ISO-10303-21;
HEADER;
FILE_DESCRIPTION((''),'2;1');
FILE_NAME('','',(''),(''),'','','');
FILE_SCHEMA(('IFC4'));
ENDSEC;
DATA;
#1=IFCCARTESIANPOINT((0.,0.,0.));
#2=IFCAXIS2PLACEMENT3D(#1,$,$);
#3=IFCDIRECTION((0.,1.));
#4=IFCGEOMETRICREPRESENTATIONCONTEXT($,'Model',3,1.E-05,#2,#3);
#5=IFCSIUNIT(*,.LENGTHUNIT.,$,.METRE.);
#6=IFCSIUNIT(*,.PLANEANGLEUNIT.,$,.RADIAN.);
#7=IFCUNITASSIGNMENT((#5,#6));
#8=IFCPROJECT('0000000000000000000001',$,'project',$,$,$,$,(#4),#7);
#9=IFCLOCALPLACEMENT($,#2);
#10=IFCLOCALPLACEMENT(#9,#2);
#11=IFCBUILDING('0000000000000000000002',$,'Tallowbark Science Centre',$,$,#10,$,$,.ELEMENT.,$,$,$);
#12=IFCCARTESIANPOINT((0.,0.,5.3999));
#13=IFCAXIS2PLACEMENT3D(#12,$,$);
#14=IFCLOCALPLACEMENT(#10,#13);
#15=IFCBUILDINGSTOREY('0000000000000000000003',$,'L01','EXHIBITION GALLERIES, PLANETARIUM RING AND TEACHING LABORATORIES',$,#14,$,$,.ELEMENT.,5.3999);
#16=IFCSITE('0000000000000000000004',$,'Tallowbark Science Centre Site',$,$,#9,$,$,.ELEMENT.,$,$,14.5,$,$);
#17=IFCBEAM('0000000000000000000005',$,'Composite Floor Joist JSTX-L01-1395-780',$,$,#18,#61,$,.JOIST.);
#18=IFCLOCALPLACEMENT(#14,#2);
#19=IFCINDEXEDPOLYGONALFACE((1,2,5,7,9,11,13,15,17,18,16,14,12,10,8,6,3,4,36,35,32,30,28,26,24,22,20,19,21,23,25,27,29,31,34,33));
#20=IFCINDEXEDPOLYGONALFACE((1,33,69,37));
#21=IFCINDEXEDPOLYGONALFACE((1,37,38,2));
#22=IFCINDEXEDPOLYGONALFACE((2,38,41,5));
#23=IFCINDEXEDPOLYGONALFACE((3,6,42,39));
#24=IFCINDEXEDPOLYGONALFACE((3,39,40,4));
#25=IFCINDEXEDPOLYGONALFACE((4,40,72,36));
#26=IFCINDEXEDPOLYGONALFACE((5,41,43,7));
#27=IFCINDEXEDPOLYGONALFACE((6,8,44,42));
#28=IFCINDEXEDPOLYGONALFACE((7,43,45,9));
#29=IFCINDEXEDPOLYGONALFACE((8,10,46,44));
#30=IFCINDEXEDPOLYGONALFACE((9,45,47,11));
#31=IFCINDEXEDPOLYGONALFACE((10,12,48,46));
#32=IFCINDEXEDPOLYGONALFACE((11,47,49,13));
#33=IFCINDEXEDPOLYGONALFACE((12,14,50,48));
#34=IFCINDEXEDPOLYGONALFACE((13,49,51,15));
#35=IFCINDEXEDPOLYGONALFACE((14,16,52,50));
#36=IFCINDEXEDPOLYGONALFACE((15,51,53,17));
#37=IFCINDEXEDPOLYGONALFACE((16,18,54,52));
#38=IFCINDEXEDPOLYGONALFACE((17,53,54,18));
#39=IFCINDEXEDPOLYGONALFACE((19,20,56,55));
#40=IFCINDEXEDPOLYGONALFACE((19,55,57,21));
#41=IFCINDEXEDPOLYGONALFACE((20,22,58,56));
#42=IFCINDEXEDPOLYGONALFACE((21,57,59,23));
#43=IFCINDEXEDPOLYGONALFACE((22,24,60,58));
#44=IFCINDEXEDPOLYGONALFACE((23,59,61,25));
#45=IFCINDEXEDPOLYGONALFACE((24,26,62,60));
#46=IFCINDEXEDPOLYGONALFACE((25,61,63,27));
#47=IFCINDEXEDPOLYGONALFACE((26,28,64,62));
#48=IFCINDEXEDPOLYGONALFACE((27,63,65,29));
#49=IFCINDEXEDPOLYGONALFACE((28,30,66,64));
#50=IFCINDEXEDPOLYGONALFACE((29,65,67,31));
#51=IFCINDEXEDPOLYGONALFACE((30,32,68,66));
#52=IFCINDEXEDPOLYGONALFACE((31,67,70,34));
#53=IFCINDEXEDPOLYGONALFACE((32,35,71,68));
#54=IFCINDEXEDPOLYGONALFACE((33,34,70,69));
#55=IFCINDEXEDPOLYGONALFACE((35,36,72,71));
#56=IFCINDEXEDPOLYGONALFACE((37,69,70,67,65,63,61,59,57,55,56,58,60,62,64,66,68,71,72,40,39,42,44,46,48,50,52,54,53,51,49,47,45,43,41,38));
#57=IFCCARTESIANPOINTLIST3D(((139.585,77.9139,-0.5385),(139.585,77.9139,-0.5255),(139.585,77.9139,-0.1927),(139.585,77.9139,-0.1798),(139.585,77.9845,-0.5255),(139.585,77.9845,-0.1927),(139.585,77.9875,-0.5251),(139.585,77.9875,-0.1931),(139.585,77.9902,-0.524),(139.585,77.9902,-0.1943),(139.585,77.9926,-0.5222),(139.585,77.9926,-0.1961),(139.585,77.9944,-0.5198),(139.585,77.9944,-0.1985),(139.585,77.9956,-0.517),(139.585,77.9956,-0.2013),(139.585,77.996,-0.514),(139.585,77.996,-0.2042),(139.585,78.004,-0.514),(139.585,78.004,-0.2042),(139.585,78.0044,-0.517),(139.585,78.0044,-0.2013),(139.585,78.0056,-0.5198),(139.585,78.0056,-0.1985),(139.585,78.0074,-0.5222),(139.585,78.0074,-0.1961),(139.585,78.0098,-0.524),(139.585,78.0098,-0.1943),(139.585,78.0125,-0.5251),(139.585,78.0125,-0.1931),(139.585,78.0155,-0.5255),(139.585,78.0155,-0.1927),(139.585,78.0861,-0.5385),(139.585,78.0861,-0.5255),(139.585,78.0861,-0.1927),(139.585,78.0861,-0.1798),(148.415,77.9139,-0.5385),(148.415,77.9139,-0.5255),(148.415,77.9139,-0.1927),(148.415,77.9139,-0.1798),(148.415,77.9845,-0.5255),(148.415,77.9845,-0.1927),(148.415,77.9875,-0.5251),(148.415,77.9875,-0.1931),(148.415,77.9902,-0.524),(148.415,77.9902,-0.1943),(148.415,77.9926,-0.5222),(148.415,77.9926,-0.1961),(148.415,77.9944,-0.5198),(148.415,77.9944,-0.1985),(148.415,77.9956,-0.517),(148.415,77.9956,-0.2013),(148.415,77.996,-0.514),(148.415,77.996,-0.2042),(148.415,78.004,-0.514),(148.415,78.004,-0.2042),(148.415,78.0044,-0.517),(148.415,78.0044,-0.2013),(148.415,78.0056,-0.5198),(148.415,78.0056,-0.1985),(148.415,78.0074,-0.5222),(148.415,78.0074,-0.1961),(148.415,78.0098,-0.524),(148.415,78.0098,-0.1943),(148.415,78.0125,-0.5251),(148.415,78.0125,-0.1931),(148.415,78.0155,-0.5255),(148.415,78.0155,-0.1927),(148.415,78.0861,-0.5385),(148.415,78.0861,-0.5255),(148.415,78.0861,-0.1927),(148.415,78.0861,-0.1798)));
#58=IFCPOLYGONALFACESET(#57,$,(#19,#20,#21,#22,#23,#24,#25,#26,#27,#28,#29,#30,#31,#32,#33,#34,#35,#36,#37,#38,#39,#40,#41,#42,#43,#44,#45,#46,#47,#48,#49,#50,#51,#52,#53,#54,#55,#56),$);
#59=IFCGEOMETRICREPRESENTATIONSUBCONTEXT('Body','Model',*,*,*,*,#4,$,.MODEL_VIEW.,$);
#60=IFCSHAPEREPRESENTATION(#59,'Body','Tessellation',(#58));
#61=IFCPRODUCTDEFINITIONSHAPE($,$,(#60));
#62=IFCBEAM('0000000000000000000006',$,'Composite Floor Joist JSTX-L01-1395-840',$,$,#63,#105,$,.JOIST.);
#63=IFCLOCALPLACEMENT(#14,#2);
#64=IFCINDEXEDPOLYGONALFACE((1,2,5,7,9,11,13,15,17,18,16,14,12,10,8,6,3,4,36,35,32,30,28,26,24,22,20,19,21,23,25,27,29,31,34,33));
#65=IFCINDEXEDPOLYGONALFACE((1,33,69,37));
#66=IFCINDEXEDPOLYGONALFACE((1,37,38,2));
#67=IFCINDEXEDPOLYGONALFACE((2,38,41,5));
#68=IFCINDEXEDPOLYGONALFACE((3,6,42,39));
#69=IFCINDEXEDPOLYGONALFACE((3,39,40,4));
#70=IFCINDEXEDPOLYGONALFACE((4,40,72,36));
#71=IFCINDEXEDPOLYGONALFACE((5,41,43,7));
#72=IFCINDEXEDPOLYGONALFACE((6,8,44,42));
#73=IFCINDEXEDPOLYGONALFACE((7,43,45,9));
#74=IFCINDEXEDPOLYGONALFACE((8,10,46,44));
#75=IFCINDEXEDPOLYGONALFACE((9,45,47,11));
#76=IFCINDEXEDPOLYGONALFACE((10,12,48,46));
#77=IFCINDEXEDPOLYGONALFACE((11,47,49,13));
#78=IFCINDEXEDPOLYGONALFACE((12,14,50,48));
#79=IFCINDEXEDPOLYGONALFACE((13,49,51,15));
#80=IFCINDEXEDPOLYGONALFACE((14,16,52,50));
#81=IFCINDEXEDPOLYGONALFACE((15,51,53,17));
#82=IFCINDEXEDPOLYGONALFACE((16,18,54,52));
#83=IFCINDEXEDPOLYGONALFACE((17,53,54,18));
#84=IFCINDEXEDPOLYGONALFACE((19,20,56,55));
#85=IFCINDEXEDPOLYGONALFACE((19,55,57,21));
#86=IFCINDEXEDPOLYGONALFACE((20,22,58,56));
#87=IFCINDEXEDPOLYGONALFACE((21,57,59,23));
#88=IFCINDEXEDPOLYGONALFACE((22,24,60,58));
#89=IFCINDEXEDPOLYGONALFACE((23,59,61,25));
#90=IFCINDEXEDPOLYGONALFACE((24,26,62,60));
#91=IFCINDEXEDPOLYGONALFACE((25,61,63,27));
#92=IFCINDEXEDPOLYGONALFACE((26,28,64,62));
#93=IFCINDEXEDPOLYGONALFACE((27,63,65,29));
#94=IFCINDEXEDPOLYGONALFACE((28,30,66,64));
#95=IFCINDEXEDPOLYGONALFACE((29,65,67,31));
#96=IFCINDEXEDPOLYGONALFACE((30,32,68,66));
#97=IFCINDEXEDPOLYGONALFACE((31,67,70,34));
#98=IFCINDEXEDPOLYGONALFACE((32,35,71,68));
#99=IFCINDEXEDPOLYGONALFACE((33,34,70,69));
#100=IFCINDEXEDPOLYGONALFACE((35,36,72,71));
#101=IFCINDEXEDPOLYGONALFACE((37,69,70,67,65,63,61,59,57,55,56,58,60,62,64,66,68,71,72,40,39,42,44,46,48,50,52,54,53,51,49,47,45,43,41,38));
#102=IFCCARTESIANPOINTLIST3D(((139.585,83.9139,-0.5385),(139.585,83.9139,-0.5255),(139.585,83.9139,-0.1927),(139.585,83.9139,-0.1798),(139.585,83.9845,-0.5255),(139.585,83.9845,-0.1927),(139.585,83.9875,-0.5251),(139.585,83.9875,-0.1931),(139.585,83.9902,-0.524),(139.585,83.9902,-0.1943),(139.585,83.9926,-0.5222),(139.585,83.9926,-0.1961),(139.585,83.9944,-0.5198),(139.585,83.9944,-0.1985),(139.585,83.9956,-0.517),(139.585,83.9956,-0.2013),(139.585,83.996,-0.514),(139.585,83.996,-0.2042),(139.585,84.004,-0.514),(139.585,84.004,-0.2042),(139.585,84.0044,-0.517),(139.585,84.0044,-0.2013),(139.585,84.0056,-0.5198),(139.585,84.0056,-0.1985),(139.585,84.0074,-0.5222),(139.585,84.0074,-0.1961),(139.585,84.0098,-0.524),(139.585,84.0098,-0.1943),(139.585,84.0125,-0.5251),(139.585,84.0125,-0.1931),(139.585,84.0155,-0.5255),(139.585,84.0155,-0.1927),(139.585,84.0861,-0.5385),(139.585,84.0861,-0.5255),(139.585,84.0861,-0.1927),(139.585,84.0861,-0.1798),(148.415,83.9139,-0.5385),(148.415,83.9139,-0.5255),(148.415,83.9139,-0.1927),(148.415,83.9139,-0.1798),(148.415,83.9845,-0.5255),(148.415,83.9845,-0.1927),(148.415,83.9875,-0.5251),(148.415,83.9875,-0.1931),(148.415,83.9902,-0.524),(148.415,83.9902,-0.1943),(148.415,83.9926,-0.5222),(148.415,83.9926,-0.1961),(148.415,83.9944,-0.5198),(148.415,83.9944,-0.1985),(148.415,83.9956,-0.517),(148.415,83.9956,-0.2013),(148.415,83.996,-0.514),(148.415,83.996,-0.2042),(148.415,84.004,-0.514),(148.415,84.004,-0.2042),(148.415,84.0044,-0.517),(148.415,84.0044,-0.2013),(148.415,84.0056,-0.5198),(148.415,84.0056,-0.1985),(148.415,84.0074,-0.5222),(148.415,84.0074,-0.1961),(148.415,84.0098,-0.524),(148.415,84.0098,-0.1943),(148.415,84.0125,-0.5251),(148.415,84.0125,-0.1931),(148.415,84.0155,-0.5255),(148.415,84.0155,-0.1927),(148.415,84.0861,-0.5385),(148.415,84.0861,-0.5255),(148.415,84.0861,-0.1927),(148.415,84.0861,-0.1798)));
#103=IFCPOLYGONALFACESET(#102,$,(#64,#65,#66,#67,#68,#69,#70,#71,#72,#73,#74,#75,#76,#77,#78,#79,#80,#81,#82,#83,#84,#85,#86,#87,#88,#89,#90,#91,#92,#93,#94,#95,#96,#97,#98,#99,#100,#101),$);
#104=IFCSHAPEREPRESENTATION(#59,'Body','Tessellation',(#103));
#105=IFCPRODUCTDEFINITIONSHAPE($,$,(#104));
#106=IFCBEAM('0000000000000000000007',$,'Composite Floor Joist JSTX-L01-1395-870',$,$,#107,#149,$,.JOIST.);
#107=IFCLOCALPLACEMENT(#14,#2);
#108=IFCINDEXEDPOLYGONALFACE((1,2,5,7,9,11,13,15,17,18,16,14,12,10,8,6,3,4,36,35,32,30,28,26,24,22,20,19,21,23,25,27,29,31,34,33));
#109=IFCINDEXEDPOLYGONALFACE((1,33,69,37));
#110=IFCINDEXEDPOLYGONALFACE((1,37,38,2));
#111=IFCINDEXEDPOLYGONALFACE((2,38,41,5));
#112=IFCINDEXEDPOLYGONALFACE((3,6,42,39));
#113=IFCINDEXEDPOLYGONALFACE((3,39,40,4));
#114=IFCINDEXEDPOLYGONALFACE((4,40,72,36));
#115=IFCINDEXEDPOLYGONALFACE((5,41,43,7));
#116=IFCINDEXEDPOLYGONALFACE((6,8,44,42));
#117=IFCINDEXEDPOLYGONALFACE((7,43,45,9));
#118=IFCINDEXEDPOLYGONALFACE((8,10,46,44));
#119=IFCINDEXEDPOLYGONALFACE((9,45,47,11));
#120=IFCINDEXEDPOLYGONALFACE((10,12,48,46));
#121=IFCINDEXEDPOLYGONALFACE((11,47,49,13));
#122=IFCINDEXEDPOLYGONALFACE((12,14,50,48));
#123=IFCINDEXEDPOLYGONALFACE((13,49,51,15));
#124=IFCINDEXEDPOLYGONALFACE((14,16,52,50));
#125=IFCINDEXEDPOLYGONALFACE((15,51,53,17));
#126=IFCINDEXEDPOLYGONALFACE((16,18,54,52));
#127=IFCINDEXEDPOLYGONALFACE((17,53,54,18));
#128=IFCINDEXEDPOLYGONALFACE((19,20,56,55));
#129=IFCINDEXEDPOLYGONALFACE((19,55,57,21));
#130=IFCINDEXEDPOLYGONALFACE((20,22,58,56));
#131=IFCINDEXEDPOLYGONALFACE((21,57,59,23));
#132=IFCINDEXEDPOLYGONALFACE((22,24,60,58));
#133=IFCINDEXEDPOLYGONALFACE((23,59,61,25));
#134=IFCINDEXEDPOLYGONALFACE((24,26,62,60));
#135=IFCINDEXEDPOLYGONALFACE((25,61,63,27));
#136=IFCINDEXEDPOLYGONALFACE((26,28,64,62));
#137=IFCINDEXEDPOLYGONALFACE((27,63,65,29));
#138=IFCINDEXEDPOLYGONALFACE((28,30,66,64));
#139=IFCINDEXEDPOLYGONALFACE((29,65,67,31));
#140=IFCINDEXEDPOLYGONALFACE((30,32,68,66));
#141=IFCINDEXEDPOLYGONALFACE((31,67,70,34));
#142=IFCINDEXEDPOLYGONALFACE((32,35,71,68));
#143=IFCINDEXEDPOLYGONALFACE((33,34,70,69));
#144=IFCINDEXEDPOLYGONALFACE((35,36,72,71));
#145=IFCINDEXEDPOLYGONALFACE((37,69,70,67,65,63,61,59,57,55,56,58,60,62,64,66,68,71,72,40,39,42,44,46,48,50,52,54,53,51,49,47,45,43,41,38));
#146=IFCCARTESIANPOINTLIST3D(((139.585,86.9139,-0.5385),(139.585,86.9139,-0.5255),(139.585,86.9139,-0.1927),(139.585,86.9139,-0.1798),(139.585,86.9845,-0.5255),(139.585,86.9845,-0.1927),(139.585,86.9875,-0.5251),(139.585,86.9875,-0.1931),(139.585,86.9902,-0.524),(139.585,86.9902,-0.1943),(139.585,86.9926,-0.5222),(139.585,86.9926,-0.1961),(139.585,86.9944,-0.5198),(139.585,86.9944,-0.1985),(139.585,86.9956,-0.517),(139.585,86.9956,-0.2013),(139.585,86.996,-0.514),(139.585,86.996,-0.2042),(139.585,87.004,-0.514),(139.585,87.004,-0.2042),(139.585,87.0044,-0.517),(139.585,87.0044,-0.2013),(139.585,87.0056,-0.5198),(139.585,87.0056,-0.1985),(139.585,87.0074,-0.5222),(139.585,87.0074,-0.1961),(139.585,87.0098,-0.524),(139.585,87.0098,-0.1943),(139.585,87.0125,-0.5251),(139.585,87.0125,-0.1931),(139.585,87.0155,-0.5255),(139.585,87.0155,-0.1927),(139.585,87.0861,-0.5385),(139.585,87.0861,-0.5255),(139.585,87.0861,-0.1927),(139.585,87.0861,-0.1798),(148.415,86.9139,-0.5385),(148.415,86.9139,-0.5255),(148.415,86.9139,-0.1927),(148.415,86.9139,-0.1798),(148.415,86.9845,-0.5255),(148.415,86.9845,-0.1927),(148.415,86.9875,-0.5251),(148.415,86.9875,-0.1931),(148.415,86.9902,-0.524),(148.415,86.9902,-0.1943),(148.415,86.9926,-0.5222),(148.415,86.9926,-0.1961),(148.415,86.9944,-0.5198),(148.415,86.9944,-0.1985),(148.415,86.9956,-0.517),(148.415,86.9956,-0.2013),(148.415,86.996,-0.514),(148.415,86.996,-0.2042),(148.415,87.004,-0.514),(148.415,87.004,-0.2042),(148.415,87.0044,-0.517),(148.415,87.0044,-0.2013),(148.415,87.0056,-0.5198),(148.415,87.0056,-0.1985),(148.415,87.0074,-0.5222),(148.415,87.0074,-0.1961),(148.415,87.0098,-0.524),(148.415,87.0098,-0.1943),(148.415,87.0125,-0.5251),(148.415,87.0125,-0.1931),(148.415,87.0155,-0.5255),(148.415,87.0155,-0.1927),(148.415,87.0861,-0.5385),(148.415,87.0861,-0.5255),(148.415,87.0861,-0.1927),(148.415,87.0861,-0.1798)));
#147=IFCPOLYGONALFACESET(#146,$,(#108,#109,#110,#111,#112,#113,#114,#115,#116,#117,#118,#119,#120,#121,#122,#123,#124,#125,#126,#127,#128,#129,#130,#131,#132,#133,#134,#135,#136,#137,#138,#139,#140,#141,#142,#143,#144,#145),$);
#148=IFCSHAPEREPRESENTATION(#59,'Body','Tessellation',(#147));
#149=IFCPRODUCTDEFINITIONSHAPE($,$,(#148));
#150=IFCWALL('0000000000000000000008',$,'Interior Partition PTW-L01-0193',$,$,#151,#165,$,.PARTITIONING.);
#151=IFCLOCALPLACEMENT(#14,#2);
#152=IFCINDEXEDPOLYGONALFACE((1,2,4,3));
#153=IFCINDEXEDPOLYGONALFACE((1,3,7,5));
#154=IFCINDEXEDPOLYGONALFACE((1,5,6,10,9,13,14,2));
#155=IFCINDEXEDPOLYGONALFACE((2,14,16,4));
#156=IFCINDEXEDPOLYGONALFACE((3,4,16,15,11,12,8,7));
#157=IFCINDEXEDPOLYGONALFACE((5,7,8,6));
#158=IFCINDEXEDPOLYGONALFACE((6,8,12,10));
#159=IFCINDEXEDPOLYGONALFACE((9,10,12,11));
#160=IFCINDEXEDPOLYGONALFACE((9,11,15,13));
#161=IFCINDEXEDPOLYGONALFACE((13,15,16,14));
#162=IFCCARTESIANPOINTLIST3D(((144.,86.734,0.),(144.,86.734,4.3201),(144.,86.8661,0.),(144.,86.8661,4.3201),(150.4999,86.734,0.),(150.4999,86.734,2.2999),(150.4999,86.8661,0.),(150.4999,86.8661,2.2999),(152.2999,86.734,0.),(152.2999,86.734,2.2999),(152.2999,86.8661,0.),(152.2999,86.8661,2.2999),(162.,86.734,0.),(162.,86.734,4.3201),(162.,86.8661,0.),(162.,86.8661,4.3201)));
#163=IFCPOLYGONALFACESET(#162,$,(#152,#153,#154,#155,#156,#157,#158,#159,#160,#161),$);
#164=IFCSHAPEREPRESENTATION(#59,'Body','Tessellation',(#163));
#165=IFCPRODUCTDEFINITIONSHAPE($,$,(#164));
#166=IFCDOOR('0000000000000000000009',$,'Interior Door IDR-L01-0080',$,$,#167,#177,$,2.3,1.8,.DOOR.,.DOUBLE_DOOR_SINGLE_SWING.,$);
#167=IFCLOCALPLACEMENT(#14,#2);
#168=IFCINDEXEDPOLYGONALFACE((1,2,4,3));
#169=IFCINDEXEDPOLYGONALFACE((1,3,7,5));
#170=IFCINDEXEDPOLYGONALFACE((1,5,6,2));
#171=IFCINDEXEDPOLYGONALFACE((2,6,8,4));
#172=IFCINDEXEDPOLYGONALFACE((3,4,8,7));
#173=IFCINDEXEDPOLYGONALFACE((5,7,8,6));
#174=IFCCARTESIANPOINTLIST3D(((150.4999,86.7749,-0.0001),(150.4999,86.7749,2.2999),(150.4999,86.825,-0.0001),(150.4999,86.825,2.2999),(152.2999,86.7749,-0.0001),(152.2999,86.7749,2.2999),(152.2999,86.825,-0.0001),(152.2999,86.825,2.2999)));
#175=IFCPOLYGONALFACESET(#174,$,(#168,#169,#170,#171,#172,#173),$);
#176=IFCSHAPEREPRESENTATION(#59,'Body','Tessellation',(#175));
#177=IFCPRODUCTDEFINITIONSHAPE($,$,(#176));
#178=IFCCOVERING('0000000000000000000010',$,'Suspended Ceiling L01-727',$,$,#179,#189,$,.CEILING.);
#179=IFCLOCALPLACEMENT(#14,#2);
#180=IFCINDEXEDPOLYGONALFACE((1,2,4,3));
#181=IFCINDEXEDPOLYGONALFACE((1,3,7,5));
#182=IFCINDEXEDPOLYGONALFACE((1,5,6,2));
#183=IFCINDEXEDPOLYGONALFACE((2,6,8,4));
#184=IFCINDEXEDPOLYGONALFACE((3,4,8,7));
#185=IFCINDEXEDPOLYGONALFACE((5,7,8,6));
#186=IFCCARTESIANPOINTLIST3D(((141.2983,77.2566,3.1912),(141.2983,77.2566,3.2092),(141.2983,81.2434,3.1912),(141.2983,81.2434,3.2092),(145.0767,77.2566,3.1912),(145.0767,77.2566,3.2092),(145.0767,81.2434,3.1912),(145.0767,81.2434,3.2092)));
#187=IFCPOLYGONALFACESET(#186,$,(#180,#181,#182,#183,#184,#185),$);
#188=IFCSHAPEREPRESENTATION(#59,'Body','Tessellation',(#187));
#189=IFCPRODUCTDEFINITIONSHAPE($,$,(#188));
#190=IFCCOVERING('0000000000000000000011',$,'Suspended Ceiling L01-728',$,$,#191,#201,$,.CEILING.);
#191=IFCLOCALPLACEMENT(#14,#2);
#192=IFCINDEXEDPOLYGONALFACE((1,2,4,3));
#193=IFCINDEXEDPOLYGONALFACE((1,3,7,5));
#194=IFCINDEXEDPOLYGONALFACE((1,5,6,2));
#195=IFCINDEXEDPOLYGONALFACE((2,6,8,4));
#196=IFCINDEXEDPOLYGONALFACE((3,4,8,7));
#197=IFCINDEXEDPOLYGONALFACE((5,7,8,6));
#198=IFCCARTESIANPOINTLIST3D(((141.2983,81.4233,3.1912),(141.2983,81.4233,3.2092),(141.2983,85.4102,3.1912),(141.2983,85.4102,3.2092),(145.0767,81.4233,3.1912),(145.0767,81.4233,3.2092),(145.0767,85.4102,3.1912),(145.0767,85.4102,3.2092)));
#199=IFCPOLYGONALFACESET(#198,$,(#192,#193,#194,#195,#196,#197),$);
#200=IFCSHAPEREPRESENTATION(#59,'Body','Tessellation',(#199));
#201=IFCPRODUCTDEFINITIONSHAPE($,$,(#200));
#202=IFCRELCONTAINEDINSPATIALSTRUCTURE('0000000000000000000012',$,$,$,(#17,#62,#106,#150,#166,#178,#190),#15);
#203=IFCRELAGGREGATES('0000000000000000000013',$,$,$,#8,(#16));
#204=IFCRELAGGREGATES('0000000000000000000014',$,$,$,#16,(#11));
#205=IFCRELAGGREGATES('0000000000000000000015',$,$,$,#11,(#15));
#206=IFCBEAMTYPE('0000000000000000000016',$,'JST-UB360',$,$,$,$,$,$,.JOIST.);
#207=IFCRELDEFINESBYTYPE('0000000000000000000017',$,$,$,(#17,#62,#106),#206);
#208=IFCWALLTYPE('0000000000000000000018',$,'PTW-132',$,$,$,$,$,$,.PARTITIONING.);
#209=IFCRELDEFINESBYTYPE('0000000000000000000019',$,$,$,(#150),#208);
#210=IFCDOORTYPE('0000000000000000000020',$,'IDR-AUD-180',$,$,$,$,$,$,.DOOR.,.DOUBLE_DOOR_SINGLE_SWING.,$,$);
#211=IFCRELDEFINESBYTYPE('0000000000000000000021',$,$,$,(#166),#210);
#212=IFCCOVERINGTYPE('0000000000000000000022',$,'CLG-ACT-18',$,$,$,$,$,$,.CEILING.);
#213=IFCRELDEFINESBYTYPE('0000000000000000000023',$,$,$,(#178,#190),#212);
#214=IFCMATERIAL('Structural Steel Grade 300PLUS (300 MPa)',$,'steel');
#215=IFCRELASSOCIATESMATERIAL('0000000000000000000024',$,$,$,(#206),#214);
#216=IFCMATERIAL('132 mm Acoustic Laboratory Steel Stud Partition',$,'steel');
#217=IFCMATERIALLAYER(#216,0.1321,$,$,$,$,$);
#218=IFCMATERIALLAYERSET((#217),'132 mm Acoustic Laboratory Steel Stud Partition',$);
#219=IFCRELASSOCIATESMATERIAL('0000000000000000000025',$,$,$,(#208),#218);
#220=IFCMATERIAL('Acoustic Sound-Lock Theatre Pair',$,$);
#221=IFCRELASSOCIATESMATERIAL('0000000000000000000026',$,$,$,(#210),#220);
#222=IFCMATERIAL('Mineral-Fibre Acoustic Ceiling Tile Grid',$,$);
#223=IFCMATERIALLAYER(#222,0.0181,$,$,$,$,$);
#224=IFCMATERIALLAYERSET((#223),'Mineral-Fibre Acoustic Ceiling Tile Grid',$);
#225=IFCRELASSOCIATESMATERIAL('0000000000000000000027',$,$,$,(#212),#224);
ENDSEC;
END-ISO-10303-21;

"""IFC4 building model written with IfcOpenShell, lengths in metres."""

from ifc_helpers import new_model, si_unit, direction, frame, frame_2d, origin, origin_2d, place, context, subcontext, project, spatial, rectangle, i_section, extrude, material, layer, layer_set, material_profile, profile_set, type_object, element, fill, save


model = new_model("IFC4")

# Units and contexts
model_context = context("Model", 3, precision=1e-05, world=origin(), true_north=direction((0.0, 1.0)))
body_context = subcontext(model_context, "Body", "Model", "MODEL_VIEW")
ifc_project = project(units=[si_unit("LENGTHUNIT", "METRE"), si_unit("PLANEANGLEUNIT", "RADIAN")], contexts=[model_context])

# Site, building, storey
site_placement = place(None, origin())
site = spatial("IfcSite", under=ifc_project, at=site_placement, Name="Tallowbark Science Centre Site", CompositionType="ELEMENT", RefElevation=14.5)
building_placement = place(site_placement, origin())
building = spatial("IfcBuilding", under=site, at=building_placement, Name="Tallowbark Science Centre", CompositionType="ELEMENT")
storey_placement = place(building_placement, frame((0.0, 0.0, 5.3999)))
storey = spatial("IfcBuildingStorey", under=building, at=storey_placement, Name="L01", Description="EXHIBITION GALLERIES, PLANETARIUM RING AND TEACHING LABORATORIES", CompositionType="ELEMENT", Elevation=5.3999)

# Shared definitions
ifc_material_1 = material(Name="Structural Steel Grade 300PLUS (300 MPa)", Category="steel")

# Beams
ifc_material_profile_1 = material_profile(ifc_material_1, i_section(OverallWidth=0.1721, OverallDepth=0.3586, WebThickness=0.0081, FlangeThickness=0.0129, FilletRadius=0.0115, at=origin_2d()), Name="360UB56.7")
ifc_profile_set_1 = profile_set([ifc_material_profile_1], Name="Structural Steel Grade 300PLUS (300 MPa)")
beam_type_1 = type_object("IfcBeamType", Name="JST-UB360", PredefinedType="JOIST", material=ifc_profile_set_1)
for number, where, z_axis, x_axis, name in (
    (1, (139.585, 78.0, -0.3591), (1.0, 0.0, 0.0), (0.0, 1.0, 0.0), "Composite Floor Joist JSTX-L01-1395-780"),
    (2, (139.585, 84.0, -0.3591), (1.0, 0.0, 0.0), (0.0, 1.0, 0.0), "Composite Floor Joist JSTX-L01-1395-840"),
    (3, (139.585, 87.0, -0.3591), (1.0, 0.0, 0.0), (0.0, 1.0, 0.0), "Composite Floor Joist JSTX-L01-1395-870"),
):
    element("IfcBeam", number, at=place(storey_placement, frame(where, z_axis=z_axis, x_axis=x_axis)), inside=storey, type_object=beam_type_1, Name=name, PredefinedType="JOIST", context=body_context, shape_type="SweptSolid", body=[
        extrude(i_section(OverallWidth=0.1721, OverallDepth=0.3586, WebThickness=0.0081, FlangeThickness=0.0129, FilletRadius=0.0115, at=origin_2d()), origin(), (0.0, 0.0, 1.0), 8.8301),
    ])

# Wall, opening, door
ifc_material_2 = material(Name="132 mm Acoustic Laboratory Steel Stud Partition", Category="steel")
ifc_layer_1 = layer(ifc_material_2, 0.1321)
ifc_layer_set_1 = layer_set([ifc_layer_1], Name="132 mm Acoustic Laboratory Steel Stud Partition")
wall_type = type_object("IfcWallType", Name="PTW-132", PredefinedType="PARTITIONING", material=ifc_layer_set_1)
wall_placement = place(storey_placement, frame((144.0, 86.8, 0.0), z_axis=(0.0, 0.0, 1.0), x_axis=(1.0, 0.0, 0.0)))
wall = element("IfcWall", 4, at=wall_placement, inside=storey, type_object=wall_type, Name="Interior Partition PTW-L01-0193", PredefinedType="PARTITIONING", context=body_context, shape_type="SweptSolid", body=[
    extrude(rectangle(XDim=18.0, YDim=0.1321, at=frame_2d((9.0, 0.0))), origin(), (0.0, 0.0, 1.0), 4.3201),
])
opening_placement = place(wall_placement, frame((6.5, 0.0, 0.0)))
opening = element("IfcOpeningElement", 5, at=opening_placement, cuts=wall, PredefinedType="OPENING", context=body_context, shape_type="SweptSolid", body=[
    extrude(rectangle(XDim=1.8, YDim=2.3, at=frame_2d((0.8999, 1.1499))), frame((0.0, 0.0762, 0.0), z_axis=(0.0, -1.0, 0.0), x_axis=(1.0, 0.0, 0.0)), (0.0, 0.0, 1.0), 0.1521),
])
ifc_material_3 = material(Name="Acoustic Sound-Lock Theatre Pair")
door_type = type_object("IfcDoorType", Name="IDR-AUD-180", OperationType="DOUBLE_DOOR_SINGLE_SWING", PredefinedType="DOOR", material=ifc_material_3)
door_placement = place(opening_placement, origin())
door = element("IfcDoor", 6, at=door_placement, inside=storey, type_object=door_type, Name="Interior Door IDR-L01-0080", OperationType="DOUBLE_DOOR_SINGLE_SWING", OverallHeight=2.3, OverallWidth=1.8, PredefinedType="DOOR", context=body_context, shape_type="SweptSolid", body=[
    extrude(rectangle(XDim=1.8, YDim=2.3, at=frame_2d((0.8999, 1.1499))), frame((0.0, 0.0249, 0.0), z_axis=(0.0, -1.0, 0.0), x_axis=(1.0, 0.0, 0.0)), (0.0, 0.0, 1.0), 0.05),
])
fill(opening, door)

# Coverings
ifc_material_4 = material(Name="Mineral-Fibre Acoustic Ceiling Tile Grid")
ifc_layer_2 = layer(ifc_material_4, 0.0181)
ifc_layer_set_2 = layer_set([ifc_layer_2], Name="Mineral-Fibre Acoustic Ceiling Tile Grid")
covering_type_1 = type_object("IfcCoveringType", Name="CLG-ACT-18", PredefinedType="CEILING", material=ifc_layer_set_2)
for number, where, z_axis, x_axis, name in (
    (7, (143.1875, 79.25, 3.1912), (0.0, 0.0, 1.0), (1.0, 0.0, 0.0), "Suspended Ceiling L01-727"),
    (8, (143.1875, 83.4167, 3.1912), (0.0, 0.0, 1.0), (1.0, 0.0, 0.0), "Suspended Ceiling L01-728"),
):
    element("IfcCovering", number, at=place(storey_placement, frame(where, z_axis=z_axis, x_axis=x_axis)), inside=storey, type_object=covering_type_1, Name=name, PredefinedType="CEILING", context=body_context, shape_type="SweptSolid", body=[
        extrude(rectangle(XDim=3.7783, YDim=3.9868, at=origin_2d()), origin(), (0.0, 0.0, 1.0), 0.0181),
    ])

save(model, "model.ifc")
